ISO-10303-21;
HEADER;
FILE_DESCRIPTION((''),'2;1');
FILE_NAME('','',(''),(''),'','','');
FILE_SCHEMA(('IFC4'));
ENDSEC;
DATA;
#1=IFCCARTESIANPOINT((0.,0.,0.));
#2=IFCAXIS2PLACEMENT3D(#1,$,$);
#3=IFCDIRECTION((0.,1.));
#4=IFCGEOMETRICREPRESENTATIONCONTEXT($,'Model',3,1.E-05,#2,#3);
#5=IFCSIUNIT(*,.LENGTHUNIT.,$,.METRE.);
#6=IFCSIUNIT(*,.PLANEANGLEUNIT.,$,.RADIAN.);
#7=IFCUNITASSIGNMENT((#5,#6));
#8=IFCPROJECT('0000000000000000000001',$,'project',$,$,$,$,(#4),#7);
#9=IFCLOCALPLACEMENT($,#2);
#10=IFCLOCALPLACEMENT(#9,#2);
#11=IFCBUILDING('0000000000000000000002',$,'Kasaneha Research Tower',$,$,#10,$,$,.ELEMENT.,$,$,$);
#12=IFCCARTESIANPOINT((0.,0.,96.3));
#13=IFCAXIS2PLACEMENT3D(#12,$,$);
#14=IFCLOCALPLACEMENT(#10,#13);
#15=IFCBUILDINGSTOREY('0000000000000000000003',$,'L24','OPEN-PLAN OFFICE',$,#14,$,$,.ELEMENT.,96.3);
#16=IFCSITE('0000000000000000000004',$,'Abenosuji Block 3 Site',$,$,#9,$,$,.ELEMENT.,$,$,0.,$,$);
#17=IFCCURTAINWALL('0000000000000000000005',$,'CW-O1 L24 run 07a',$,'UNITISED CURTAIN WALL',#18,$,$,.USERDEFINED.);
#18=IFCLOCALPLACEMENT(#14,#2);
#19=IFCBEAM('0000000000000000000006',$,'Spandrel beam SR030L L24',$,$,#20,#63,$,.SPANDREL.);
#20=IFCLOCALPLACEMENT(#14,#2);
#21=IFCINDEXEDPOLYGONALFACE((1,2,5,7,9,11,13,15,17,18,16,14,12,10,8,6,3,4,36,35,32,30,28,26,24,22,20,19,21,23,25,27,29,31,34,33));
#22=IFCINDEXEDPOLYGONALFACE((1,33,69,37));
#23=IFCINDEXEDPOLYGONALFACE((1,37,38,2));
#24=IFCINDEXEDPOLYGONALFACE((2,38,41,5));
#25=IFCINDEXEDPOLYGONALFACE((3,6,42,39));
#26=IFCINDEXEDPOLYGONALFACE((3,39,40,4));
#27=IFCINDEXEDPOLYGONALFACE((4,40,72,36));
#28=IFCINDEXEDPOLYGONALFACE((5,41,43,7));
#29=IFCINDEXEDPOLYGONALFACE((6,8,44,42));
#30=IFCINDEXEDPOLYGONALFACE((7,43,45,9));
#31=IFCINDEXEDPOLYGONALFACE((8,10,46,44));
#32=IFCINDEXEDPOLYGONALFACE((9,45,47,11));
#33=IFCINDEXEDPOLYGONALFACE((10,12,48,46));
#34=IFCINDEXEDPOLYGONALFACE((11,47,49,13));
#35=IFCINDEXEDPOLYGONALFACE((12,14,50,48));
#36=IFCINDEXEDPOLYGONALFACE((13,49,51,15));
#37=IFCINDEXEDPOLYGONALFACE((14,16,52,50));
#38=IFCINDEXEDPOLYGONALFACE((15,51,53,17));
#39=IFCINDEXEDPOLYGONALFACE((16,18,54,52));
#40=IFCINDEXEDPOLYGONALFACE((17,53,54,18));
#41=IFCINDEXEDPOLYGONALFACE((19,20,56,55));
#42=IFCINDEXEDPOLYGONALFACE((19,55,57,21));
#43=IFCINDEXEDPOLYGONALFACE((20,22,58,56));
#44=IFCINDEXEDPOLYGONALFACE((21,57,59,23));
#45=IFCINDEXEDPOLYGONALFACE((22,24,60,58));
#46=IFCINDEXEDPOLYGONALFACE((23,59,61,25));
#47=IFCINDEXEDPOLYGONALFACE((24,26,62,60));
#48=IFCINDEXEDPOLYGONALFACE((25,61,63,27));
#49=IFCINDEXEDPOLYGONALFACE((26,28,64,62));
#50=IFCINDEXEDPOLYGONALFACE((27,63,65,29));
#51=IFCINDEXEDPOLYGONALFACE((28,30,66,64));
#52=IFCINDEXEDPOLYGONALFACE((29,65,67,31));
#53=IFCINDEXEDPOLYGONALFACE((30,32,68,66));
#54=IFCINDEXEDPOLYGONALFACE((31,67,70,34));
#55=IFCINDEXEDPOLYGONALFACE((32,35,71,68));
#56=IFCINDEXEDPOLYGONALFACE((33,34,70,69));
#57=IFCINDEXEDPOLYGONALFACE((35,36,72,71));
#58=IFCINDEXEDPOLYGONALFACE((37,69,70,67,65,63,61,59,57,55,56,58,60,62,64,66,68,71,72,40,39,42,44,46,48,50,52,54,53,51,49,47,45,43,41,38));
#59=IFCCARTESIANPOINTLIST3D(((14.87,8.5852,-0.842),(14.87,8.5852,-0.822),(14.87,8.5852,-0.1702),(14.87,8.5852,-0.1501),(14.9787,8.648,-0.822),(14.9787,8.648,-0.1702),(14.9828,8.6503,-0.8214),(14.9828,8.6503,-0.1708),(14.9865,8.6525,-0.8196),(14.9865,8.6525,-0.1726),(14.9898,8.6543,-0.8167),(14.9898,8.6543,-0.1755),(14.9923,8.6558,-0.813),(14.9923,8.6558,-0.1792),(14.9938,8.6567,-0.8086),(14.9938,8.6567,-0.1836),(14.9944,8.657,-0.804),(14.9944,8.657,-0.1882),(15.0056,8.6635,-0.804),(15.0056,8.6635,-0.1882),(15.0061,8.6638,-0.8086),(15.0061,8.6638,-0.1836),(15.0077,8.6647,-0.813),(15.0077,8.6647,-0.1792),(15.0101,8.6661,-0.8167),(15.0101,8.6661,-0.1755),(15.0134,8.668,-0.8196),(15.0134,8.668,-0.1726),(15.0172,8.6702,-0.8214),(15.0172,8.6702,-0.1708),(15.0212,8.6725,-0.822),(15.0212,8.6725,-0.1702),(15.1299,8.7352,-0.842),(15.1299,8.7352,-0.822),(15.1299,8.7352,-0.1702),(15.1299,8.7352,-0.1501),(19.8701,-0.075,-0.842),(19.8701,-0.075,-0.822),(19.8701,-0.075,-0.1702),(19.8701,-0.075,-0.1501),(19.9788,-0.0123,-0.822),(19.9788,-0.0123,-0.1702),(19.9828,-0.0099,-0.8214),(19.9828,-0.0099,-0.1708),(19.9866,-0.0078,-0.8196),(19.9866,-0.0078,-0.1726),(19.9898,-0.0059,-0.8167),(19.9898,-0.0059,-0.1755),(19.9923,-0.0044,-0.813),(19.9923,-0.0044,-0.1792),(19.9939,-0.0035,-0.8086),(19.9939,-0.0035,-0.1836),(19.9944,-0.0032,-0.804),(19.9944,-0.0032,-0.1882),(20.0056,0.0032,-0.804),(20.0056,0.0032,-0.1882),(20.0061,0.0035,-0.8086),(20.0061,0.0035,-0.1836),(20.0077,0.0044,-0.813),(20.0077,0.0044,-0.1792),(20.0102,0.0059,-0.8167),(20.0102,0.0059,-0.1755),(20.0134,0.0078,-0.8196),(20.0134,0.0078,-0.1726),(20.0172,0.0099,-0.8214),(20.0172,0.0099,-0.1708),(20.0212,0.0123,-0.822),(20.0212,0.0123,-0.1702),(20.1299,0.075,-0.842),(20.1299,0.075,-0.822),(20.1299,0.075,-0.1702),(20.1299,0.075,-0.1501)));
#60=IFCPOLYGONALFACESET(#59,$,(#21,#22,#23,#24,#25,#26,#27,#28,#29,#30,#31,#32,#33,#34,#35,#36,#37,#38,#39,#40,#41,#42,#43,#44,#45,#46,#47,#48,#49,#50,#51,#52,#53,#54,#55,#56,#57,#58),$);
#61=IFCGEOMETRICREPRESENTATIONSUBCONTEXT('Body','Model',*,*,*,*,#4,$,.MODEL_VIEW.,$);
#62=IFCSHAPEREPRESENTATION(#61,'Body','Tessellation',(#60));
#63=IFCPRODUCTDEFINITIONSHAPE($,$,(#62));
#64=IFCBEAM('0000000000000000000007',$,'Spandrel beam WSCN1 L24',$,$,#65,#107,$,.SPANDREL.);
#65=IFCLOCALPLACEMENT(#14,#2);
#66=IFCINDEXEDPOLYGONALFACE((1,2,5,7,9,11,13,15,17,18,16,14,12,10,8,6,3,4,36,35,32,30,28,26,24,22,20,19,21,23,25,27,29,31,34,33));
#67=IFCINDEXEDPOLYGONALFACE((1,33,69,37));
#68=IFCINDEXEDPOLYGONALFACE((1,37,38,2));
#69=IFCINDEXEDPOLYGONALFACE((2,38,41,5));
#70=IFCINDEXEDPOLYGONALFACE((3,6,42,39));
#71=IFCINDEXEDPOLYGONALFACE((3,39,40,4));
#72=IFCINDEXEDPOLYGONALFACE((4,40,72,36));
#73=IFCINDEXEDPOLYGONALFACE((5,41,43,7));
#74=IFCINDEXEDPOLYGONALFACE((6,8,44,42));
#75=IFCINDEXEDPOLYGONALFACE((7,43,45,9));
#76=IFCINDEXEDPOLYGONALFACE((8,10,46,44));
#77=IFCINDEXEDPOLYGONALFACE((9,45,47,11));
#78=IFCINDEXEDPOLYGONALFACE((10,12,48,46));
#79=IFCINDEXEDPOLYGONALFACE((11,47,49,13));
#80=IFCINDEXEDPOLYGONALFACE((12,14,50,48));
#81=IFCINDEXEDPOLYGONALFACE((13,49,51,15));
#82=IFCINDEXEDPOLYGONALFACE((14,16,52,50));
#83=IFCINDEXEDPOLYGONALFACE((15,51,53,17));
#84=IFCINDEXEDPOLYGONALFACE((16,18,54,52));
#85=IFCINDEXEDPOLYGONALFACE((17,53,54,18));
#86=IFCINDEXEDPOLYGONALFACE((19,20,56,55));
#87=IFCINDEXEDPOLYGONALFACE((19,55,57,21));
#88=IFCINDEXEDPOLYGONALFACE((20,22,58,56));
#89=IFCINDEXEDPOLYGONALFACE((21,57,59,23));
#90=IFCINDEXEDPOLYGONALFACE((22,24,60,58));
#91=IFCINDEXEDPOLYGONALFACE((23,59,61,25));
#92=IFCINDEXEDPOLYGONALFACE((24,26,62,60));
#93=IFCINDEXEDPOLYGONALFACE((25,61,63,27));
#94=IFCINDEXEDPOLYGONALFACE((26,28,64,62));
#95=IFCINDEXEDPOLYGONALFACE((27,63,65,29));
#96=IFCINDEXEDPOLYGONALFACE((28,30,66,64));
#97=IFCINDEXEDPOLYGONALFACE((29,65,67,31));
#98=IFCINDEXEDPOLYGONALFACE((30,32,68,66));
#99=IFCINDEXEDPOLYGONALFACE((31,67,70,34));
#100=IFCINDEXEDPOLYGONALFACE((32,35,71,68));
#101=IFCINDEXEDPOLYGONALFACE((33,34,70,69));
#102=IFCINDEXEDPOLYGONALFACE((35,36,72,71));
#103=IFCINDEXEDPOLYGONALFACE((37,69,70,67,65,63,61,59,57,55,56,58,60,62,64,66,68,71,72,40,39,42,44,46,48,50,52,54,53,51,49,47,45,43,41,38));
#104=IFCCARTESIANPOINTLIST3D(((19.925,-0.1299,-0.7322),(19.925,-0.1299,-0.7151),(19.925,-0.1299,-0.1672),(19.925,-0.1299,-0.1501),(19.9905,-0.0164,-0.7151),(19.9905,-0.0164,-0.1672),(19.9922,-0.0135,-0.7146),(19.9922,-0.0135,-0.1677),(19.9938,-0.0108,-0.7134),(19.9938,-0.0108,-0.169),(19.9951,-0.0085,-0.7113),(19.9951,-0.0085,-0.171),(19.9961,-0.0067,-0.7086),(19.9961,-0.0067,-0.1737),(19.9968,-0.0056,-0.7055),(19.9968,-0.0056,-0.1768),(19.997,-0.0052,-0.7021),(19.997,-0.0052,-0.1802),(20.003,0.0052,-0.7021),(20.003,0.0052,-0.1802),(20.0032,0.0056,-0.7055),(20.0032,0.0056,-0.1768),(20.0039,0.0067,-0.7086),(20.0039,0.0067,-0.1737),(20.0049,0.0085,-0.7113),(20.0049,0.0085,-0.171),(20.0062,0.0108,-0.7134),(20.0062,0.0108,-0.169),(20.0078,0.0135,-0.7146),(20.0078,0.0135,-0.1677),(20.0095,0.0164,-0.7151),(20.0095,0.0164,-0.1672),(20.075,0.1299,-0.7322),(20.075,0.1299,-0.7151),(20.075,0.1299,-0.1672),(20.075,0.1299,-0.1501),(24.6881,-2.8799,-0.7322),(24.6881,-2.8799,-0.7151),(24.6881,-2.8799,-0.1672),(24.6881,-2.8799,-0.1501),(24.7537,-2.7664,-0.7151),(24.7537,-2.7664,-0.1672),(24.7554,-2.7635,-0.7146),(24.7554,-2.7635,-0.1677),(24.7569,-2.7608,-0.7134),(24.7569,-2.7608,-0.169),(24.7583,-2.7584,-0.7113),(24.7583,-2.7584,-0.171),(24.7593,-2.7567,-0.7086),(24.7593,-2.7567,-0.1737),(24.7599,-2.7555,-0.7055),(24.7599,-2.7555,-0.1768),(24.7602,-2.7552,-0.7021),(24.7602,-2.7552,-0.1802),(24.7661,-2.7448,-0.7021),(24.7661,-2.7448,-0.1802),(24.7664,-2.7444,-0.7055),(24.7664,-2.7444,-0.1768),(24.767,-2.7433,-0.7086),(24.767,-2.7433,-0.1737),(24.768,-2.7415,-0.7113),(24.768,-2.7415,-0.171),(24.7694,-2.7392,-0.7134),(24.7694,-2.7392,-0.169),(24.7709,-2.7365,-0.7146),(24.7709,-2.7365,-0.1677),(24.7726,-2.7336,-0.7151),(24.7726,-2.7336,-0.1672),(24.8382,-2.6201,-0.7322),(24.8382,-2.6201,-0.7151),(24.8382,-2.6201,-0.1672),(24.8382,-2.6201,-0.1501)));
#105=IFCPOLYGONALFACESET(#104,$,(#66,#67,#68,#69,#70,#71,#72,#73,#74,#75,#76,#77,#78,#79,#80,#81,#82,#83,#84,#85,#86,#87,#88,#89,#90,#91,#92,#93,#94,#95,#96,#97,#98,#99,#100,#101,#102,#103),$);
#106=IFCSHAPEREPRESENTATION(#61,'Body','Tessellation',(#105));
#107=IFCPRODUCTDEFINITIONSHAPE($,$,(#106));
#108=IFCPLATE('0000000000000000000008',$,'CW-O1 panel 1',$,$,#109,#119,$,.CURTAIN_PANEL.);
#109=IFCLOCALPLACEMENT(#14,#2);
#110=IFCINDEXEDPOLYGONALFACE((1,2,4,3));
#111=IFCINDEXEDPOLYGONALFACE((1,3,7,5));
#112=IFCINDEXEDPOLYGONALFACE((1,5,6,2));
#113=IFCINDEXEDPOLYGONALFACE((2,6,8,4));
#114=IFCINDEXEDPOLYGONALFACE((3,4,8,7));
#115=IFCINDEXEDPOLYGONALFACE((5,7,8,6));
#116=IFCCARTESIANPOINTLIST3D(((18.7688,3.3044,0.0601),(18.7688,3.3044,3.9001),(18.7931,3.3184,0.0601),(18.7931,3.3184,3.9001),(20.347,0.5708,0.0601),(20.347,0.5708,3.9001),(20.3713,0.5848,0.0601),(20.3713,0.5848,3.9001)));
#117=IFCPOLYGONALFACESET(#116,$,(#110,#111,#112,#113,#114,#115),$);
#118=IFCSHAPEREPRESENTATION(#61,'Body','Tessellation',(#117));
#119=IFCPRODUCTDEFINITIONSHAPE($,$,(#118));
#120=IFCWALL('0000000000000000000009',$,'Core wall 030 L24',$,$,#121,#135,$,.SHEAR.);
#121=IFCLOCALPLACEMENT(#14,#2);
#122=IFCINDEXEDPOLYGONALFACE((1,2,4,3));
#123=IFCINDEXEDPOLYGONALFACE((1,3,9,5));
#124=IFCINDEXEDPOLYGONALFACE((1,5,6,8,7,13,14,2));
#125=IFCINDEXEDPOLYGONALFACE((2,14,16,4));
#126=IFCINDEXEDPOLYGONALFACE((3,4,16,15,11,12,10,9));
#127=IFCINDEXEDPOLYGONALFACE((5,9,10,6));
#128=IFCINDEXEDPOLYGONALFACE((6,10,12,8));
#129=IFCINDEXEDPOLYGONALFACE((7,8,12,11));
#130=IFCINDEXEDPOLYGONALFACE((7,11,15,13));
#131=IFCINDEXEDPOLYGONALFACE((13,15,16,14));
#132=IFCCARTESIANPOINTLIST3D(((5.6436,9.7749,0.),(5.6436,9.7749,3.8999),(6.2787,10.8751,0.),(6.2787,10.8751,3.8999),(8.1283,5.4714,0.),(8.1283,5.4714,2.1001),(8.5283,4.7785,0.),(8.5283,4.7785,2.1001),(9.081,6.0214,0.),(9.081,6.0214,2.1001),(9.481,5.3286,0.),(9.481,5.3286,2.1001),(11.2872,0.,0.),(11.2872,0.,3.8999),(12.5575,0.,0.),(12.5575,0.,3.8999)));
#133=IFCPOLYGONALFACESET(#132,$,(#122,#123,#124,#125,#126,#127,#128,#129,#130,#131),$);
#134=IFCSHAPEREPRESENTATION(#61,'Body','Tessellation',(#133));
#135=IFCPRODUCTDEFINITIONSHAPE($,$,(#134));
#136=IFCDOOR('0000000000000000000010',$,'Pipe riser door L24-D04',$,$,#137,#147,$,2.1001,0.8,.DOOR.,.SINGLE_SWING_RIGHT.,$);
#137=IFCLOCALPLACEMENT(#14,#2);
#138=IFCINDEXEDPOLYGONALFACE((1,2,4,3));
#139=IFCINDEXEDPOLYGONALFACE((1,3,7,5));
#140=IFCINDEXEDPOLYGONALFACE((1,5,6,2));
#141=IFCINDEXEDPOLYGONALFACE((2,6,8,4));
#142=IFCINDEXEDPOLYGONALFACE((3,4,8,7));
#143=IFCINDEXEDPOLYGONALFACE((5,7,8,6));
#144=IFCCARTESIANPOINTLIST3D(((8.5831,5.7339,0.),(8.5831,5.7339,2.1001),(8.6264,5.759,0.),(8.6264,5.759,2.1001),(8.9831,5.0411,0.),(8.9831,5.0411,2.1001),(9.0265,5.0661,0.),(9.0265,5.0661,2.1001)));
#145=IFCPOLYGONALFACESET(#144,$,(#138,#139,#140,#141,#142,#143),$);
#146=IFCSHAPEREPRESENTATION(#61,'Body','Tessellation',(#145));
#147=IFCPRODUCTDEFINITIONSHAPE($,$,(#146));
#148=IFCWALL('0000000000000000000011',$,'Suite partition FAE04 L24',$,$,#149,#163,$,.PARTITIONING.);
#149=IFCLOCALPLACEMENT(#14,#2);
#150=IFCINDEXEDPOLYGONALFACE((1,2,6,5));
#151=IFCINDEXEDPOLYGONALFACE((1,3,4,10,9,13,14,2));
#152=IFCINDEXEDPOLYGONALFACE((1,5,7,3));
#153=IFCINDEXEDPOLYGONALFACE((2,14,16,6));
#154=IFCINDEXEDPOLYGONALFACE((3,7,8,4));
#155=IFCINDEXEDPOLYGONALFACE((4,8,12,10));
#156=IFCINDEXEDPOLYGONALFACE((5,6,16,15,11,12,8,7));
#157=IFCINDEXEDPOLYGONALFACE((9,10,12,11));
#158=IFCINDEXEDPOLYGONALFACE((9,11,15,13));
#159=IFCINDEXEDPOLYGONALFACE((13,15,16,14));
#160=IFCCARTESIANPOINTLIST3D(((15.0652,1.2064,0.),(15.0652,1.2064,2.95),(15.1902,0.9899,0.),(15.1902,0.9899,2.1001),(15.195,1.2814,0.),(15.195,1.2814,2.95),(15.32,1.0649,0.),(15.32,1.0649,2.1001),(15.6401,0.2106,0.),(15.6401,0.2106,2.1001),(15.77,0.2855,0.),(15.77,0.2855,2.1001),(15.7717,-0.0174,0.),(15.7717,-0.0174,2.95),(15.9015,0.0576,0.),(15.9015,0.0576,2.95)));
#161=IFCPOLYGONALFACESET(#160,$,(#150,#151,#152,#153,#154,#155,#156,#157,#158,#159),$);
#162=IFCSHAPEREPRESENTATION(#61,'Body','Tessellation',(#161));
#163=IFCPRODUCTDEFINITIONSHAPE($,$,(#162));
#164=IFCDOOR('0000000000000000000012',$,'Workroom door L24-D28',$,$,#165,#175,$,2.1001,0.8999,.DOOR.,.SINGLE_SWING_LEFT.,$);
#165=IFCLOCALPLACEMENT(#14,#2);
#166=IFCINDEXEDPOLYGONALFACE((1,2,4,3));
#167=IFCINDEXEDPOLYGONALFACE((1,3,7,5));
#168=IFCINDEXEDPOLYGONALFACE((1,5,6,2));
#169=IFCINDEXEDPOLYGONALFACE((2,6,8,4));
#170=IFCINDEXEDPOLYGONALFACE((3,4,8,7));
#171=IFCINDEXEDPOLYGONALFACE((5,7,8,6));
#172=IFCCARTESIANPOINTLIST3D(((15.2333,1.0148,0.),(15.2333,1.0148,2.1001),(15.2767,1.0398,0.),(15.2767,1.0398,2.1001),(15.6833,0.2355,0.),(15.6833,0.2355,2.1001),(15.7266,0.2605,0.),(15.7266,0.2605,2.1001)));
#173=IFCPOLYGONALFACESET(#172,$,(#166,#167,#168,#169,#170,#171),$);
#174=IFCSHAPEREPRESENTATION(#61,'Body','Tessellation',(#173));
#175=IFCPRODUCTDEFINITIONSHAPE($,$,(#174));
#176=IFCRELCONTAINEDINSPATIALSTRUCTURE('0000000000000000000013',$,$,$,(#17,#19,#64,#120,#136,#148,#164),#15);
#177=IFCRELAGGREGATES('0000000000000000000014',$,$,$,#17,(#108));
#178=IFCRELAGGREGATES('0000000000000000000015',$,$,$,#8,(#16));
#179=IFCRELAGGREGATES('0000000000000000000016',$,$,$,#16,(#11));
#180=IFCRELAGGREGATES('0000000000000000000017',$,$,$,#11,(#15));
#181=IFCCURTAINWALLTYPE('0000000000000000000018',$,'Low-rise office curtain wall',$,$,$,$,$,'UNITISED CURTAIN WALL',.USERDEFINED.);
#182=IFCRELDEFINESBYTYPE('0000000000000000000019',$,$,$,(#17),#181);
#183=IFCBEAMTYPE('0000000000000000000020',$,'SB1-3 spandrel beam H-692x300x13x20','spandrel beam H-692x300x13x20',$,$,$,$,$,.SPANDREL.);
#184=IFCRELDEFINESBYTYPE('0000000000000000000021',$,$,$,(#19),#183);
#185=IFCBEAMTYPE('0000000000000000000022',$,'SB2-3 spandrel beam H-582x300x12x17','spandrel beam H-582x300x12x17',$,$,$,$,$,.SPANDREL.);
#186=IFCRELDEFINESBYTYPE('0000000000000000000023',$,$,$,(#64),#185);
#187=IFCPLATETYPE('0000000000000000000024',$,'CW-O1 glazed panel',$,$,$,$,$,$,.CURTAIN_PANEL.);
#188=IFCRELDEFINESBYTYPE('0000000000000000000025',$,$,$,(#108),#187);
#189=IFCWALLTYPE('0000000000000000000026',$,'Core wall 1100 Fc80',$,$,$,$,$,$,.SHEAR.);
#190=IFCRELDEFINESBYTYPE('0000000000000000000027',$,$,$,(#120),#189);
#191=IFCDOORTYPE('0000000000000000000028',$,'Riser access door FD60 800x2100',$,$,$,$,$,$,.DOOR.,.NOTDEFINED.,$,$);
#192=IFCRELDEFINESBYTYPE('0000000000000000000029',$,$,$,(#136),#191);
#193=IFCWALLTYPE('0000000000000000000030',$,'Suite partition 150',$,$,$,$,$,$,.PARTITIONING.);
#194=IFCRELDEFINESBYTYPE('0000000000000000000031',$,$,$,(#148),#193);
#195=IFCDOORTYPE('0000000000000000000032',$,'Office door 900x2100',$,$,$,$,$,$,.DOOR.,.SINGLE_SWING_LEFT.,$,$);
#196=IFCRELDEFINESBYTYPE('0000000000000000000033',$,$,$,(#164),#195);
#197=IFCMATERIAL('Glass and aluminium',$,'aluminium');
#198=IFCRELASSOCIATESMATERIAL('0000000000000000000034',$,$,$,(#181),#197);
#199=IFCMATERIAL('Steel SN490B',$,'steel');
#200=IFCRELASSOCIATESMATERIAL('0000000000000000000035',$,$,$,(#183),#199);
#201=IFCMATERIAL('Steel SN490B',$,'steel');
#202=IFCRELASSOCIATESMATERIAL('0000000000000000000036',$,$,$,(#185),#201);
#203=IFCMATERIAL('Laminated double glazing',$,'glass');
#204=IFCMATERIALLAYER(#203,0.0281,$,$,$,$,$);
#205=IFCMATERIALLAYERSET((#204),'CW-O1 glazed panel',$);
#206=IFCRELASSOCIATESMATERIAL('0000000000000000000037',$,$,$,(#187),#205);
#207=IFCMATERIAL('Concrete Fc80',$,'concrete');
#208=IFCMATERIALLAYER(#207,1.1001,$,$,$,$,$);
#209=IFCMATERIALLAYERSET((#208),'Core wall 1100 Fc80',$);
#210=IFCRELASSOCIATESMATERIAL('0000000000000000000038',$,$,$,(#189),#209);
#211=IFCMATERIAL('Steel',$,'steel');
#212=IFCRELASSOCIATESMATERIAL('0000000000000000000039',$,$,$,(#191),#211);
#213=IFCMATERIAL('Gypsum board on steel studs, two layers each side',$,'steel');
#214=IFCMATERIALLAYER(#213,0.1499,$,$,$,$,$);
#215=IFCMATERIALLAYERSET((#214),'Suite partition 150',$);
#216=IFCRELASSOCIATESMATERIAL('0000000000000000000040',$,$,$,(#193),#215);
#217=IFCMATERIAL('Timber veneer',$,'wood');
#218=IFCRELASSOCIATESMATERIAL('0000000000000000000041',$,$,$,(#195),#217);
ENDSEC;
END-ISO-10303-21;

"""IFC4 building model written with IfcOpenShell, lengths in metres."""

from ifc_helpers import new_model, si_unit, direction, frame, frame_2d, origin, origin_2d, place, context, subcontext, project, spatial, polyline, rectangle, i_section, outline, extrude, material, layer, layer_set, material_profile, profile_set, type_object, element, fill, aggregate, save


model = new_model("IFC4")

# Units and contexts
model_context = context("Model", 3, precision=1e-05, world=origin(), true_north=direction((0.0, 1.0)))
body_context = subcontext(model_context, "Body", "Model", "MODEL_VIEW")
ifc_project = project(units=[si_unit("LENGTHUNIT", "METRE"), si_unit("PLANEANGLEUNIT", "RADIAN")], contexts=[model_context])

# Site, building, storey
site_placement = place(None, origin())
site = spatial("IfcSite", under=ifc_project, at=site_placement, Name="Abenosuji Block 3 Site", CompositionType="ELEMENT", RefElevation=0.0)
building_placement = place(site_placement, origin())
building = spatial("IfcBuilding", under=site, at=building_placement, Name="Kasaneha Research Tower", CompositionType="ELEMENT")
storey_placement = place(building_placement, frame((0.0, 0.0, 96.3)))
storey = spatial("IfcBuildingStorey", under=building, at=storey_placement, Name="L24", Description="OPEN-PLAN OFFICE", CompositionType="ELEMENT", Elevation=96.3)

# Shared definitions
ifc_material_1 = material(Name="Glass and aluminium", Category="aluminium")
curtain_wall_type = type_object("IfcCurtainWallType", Name="Low-rise office curtain wall", ElementType="UNITISED CURTAIN WALL", PredefinedType="USERDEFINED", material=ifc_material_1)

# Curtain wall
curtain_wall_1_placement = place(storey_placement, origin())
curtain_wall_1 = element("IfcCurtainWall", 1, at=curtain_wall_1_placement, inside=storey, type_object=curtain_wall_type, Name="CW-O1 L24 run 07a", ObjectType="UNITISED CURTAIN WALL", PredefinedType="USERDEFINED")

# Beams
ifc_material_2 = material(Name="Steel SN490B", Category="steel")
ifc_material_profile_1 = material_profile(ifc_material_2, i_section(OverallWidth=0.3, OverallDepth=0.6919, WebThickness=0.0129, FlangeThickness=0.02, FilletRadius=0.0181, at=origin_2d()), Name="H-692x300x13x20")
ifc_profile_set_1 = profile_set([ifc_material_profile_1], Name="Steel SN490B")
beam_type_1 = type_object("IfcBeamType", Name="SB1-3 spandrel beam H-692x300x13x20", Description="spandrel beam H-692x300x13x20", PredefinedType="SPANDREL", material=ifc_profile_set_1)
beam_1_placement = place(storey_placement, frame((20.0, 0.0, -0.4961), z_axis=(-0.500004, 0.866023, 0.0), x_axis=(-0.866023, -0.500004, 0.0)))
element("IfcBeam", 2, at=beam_1_placement, inside=storey, type_object=beam_type_1, Name="Spandrel beam SR030L L24", PredefinedType="SPANDREL", context=body_context, shape_type="SweptSolid", body=[
    extrude(i_section(OverallWidth=0.3, OverallDepth=0.6919, WebThickness=0.0129, FlangeThickness=0.02, FilletRadius=0.0181, at=origin_2d()), origin(), (0.0, 0.0, 1.0), 10.0),
])
ifc_material_3 = material(Name="Steel SN490B", Category="steel")
ifc_material_profile_2 = material_profile(ifc_material_3, i_section(OverallWidth=0.3, OverallDepth=0.582, WebThickness=0.012, FlangeThickness=0.0171, FilletRadius=0.0129, at=origin_2d()), Name="H-582x300x12x17")
ifc_profile_set_2 = profile_set([ifc_material_profile_2], Name="Steel SN490B")
beam_type_2 = type_object("IfcBeamType", Name="SB2-3 spandrel beam H-582x300x12x17", Description="spandrel beam H-582x300x12x17", PredefinedType="SPANDREL", material=ifc_profile_set_2)
beam_2_placement = place(storey_placement, frame((20.0, 0.0, -0.4412), z_axis=(0.866027, -0.499997, 0.0), x_axis=(0.499997, 0.866027, 0.0)))
element("IfcBeam", 3, at=beam_2_placement, inside=storey, type_object=beam_type_2, Name="Spandrel beam WSCN1 L24", PredefinedType="SPANDREL", context=body_context, shape_type="SweptSolid", body=[
    extrude(i_section(OverallWidth=0.3, OverallDepth=0.582, WebThickness=0.012, FlangeThickness=0.0171, FilletRadius=0.0129, at=origin_2d()), origin(), (0.0, 0.0, 1.0), 5.5),
])

# Plate
ifc_material_4 = material(Name="Laminated double glazing", Category="glass")
ifc_layer_1 = layer(ifc_material_4, 0.0281)
ifc_layer_set_1 = layer_set([ifc_layer_1], Name="CW-O1 glazed panel")
plate_type = type_object("IfcPlateType", Name="CW-O1 glazed panel", PredefinedType="CURTAIN_PANEL", material=ifc_layer_set_1)
plate_placement = place(storey_placement, frame((19.5701, 1.9446, 0.0601), z_axis=(0.0, 0.0, 1.0), x_axis=(-0.5, 0.866025, 0.0)))
plate = element("IfcPlate", 4, at=plate_placement, type_object=plate_type, Name="CW-O1 panel 1", PredefinedType="CURTAIN_PANEL", context=body_context, shape_type="SweptSolid", body=[
    extrude(rectangle(XDim=3.1565, YDim=0.0281, at=origin_2d()), origin(), (0.0, 0.0, 1.0), 3.8401),
])
aggregate(curtain_wall_1, [plate])

# Walls, openings, doors
ifc_material_5 = material(Name="Concrete Fc80", Category="concrete")
ifc_layer_2 = layer(ifc_material_5, 1.1001)
ifc_layer_set_2 = layer_set([ifc_layer_2], Name="Core wall 1100 Fc80")
wall_type_1 = type_object("IfcWallType", Name="Core wall 1100 Fc80", PredefinedType="SHEAR", material=ifc_layer_set_2)
wall_1_placement = place(storey_placement, frame((11.9224, 0.0, 0.0), z_axis=(0.0, 0.0, 1.0), x_axis=(-0.500004, 0.866023, 0.0)))
wall_1 = element("IfcWall", 5, at=wall_1_placement, inside=storey, type_object=wall_type_1, Name="Core wall 030 L24", PredefinedType="SHEAR", context=body_context, shape_type="SweptSolid", body=[
    extrude(outline(polyline([(-0.3176, -0.55), (5.8354, -0.55), (6.6355, -0.55), (12.24, -0.55), (11.6047, 0.55), (6.6355, 0.55), (5.8354, 0.55), (0.3176, 0.55), (-0.3176, -0.55)])), origin(), (0.0, 0.0, 1.0), 3.8999),
])
opening_1_placement = place(wall_1_placement, frame((5.8354, 0.0, 0.0)))
opening_1 = element("IfcOpeningElement", 6, at=opening_1_placement, cuts=wall_1, PredefinedType="OPENING", context=body_context, shape_type="SweptSolid", body=[
    extrude(rectangle(XDim=0.8, YDim=2.1001, at=frame_2d((0.3999, 1.05))), frame((0.0, 0.5601, 0.0), z_axis=(0.0, -1.0, 0.0), x_axis=(1.0, 0.0, 0.0)), (0.0, 0.0, 1.0), 1.1201),
])
ifc_material_6 = material(Name="Steel", Category="steel")
door_type_1 = type_object("IfcDoorType", Name="Riser access door FD60 800x2100", OperationType="NOTDEFINED", PredefinedType="DOOR", material=ifc_material_6)
door_1_placement = place(opening_1_placement, origin())
door_1 = element("IfcDoor", 7, at=door_1_placement, inside=storey, type_object=door_type_1, Name="Pipe riser door L24-D04", OperationType="SINGLE_SWING_RIGHT", OverallHeight=2.1001, OverallWidth=0.8, PredefinedType="DOOR", context=body_context, shape_type="SweptSolid", body=[
    extrude(rectangle(XDim=0.8, YDim=2.1001, at=frame_2d((0.3999, 1.05))), frame((0.0, 0.0249, 0.0), z_axis=(0.0, -1.0, 0.0), x_axis=(1.0, 0.0, 0.0)), (0.0, 0.0, 1.0), 0.05),
])
fill(opening_1, door_1)
ifc_material_7 = material(Name="Gypsum board on steel studs, two layers each side", Category="steel")
ifc_layer_3 = layer(ifc_material_7, 0.1499)
ifc_layer_set_3 = layer_set([ifc_layer_3], Name="Suite partition 150")
wall_type_2 = type_object("IfcWallType", Name="Suite partition 150", PredefinedType="PARTITIONING", material=ifc_layer_set_3)
wall_2_placement = place(storey_placement, frame((15.1301, 1.2439, 0.0), z_axis=(0.0, 0.0, 1.0), x_axis=(0.499967, -0.866045, 0.0)))
wall_2 = element("IfcWall", 8, at=wall_2_placement, inside=storey, type_object=wall_type_2, Name="Suite partition FAE04 L24", PredefinedType="PARTITIONING", context=body_context, shape_type="SweptSolid", body=[
    extrude(rectangle(XDim=1.4131, YDim=0.1499, at=frame_2d((0.7065, 0.0))), origin(), (0.0, 0.0, 1.0), 2.95),
])
opening_2_placement = place(wall_2_placement, frame((0.25, 0.0, 0.0)))
opening_2 = element("IfcOpeningElement", 9, at=opening_2_placement, cuts=wall_2, PredefinedType="OPENING", context=body_context, shape_type="SweptSolid", body=[
    extrude(rectangle(XDim=0.8999, YDim=2.1001, at=frame_2d((0.45, 1.05))), frame((0.0, 0.085, 0.0), z_axis=(0.0, -1.0, 0.0), x_axis=(1.0, 0.0, 0.0)), (0.0, 0.0, 1.0), 0.1699),
])
ifc_material_8 = material(Name="Timber veneer", Category="wood")
door_type_2 = type_object("IfcDoorType", Name="Office door 900x2100", OperationType="SINGLE_SWING_LEFT", PredefinedType="DOOR", material=ifc_material_8)
door_2_placement = place(opening_2_placement, origin())
door_2 = element("IfcDoor", 10, at=door_2_placement, inside=storey, type_object=door_type_2, Name="Workroom door L24-D28", OperationType="SINGLE_SWING_LEFT", OverallHeight=2.1001, OverallWidth=0.8999, PredefinedType="DOOR", context=body_context, shape_type="SweptSolid", body=[
    extrude(rectangle(XDim=0.8999, YDim=2.1001, at=frame_2d((0.45, 1.05))), frame((0.0, 0.0249, 0.0), z_axis=(0.0, -1.0, 0.0), x_axis=(1.0, 0.0, 0.0)), (0.0, 0.0, 1.0), 0.05),
])
fill(opening_2, door_2)

save(model, "model.ifc")
